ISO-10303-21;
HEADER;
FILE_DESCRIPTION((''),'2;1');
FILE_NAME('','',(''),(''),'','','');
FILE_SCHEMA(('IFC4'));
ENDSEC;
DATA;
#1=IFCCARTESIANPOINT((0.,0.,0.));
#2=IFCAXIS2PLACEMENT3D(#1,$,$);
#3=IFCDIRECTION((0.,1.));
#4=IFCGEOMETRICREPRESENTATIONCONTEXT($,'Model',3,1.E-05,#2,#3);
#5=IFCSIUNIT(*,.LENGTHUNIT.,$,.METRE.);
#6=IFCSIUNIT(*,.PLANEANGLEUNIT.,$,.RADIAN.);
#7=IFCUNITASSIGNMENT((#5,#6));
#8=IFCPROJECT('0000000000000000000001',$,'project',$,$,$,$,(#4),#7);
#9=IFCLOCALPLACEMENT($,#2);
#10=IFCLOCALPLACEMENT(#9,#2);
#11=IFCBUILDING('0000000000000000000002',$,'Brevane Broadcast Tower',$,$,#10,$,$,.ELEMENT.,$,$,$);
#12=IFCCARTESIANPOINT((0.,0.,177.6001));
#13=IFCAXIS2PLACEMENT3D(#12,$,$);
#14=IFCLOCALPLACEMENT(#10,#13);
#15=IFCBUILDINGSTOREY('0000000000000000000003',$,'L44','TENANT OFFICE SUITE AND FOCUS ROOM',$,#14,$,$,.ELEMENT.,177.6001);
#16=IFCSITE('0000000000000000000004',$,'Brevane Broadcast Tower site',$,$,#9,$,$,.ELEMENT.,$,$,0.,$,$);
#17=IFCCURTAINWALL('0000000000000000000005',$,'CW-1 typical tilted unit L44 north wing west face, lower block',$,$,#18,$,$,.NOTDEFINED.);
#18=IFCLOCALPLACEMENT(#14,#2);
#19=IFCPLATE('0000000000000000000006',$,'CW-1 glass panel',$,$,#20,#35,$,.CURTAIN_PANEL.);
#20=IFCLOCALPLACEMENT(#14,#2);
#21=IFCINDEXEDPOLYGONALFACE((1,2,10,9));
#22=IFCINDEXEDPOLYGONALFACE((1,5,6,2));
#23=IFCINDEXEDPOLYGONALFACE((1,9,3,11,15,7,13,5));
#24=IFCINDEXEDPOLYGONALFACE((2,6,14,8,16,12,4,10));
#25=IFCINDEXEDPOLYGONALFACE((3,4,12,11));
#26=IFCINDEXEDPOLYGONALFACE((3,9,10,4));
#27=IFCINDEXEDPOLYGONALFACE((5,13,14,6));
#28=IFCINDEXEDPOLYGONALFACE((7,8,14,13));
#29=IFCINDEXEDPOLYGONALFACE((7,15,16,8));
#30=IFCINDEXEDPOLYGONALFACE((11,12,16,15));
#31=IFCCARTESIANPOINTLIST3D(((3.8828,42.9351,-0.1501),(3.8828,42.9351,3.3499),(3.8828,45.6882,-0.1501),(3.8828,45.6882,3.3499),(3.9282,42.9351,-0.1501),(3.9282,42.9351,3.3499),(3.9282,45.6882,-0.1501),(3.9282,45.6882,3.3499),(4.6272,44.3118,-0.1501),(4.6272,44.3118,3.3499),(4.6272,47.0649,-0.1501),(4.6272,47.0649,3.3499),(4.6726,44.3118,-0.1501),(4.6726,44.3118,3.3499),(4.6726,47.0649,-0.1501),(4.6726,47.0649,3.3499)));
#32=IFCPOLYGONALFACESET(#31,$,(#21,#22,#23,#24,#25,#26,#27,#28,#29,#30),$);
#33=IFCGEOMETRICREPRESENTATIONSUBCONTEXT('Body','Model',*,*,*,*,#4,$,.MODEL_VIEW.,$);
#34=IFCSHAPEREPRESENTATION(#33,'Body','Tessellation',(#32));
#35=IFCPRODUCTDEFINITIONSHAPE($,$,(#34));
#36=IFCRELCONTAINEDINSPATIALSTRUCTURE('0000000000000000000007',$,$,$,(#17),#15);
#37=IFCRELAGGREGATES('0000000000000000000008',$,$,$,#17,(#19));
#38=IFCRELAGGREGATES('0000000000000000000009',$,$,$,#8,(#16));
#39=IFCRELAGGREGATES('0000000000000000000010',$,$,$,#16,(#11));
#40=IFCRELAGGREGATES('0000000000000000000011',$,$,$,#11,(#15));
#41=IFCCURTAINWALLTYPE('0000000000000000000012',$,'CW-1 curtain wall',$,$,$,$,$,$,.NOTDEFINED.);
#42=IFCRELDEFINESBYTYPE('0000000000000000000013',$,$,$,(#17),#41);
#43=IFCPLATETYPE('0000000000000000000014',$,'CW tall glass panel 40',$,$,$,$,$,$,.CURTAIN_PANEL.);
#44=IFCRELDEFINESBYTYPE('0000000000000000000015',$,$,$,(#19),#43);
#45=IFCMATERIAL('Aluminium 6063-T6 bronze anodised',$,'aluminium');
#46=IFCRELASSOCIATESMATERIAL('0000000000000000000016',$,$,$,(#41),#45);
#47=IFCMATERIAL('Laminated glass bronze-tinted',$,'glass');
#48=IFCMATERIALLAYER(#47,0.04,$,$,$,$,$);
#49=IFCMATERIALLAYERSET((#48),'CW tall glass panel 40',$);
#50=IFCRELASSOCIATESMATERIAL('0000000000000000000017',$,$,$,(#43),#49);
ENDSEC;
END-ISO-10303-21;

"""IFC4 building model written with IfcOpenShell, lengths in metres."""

from ifc_helpers import new_model, si_unit, direction, frame, origin, place, context, subcontext, project, spatial, polyline, outline, extrude, material, layer, layer_set, type_object, element, aggregate, save


model = new_model("IFC4")

# Units and contexts
model_context = context("Model", 3, precision=1e-05, world=origin(), true_north=direction((0.0, 1.0)))
body_context = subcontext(model_context, "Body", "Model", "MODEL_VIEW")
ifc_project = project(units=[si_unit("LENGTHUNIT", "METRE"), si_unit("PLANEANGLEUNIT", "RADIAN")], contexts=[model_context])

# Site, building, storey
site_placement = place(None, origin())
site = spatial("IfcSite", under=ifc_project, at=site_placement, Name="Brevane Broadcast Tower site", CompositionType="ELEMENT", RefElevation=0.0)
building_placement = place(site_placement, origin())
building = spatial("IfcBuilding", under=site, at=building_placement, Name="Brevane Broadcast Tower", CompositionType="ELEMENT")
storey_placement = place(building_placement, frame((0.0, 0.0, 177.6001)))
storey = spatial("IfcBuildingStorey", under=building, at=storey_placement, Name="L44", Description="TENANT OFFICE SUITE AND FOCUS ROOM", CompositionType="ELEMENT", Elevation=177.6001)

# Shared definitions
ifc_material_1 = material(Name="Aluminium 6063-T6 bronze anodised", Category="aluminium")
curtain_wall_type = type_object("IfcCurtainWallType", Name="CW-1 curtain wall", PredefinedType="NOTDEFINED", material=ifc_material_1)

# Curtain wall, plate
ifc_material_2 = material(Name="Laminated glass bronze-tinted", Category="glass")
ifc_layer = layer(ifc_material_2, 0.04)
ifc_layer_set = layer_set([ifc_layer], Name="CW tall glass panel 40")
plate_type = type_object("IfcPlateType", Name="CW tall glass panel 40", PredefinedType="CURTAIN_PANEL", material=ifc_layer_set)
curtain_wall_1_placement = place(storey_placement, origin())
curtain_wall_1 = element("IfcCurtainWall", 1, at=curtain_wall_1_placement, inside=storey, type_object=curtain_wall_type, Name="CW-1 typical tilted unit L44 north wing west face, lower block", PredefinedType="NOTDEFINED")
plate_1_placement = place(storey_placement, frame((0.0, 0.0, -0.1501)))
plate_1 = element("IfcPlate", 2, at=plate_1_placement, type_object=plate_type, Name="CW-1 glass panel", PredefinedType="CURTAIN_PANEL", context=body_context, shape_type="SweptSolid", body=[
    extrude(outline(polyline([(4.6726, 47.0649), (4.6272, 47.0649), (3.8828, 45.6882), (4.6272, 44.3118), (3.8828, 42.9351), (3.9282, 42.9351), (4.6726, 44.3118), (3.9282, 45.6882), (4.6726, 47.0649)])), origin(), (0.0, 0.0, 1.0), 3.5),
])
aggregate(curtain_wall_1, [plate_1])

save(model, "model.ifc")
